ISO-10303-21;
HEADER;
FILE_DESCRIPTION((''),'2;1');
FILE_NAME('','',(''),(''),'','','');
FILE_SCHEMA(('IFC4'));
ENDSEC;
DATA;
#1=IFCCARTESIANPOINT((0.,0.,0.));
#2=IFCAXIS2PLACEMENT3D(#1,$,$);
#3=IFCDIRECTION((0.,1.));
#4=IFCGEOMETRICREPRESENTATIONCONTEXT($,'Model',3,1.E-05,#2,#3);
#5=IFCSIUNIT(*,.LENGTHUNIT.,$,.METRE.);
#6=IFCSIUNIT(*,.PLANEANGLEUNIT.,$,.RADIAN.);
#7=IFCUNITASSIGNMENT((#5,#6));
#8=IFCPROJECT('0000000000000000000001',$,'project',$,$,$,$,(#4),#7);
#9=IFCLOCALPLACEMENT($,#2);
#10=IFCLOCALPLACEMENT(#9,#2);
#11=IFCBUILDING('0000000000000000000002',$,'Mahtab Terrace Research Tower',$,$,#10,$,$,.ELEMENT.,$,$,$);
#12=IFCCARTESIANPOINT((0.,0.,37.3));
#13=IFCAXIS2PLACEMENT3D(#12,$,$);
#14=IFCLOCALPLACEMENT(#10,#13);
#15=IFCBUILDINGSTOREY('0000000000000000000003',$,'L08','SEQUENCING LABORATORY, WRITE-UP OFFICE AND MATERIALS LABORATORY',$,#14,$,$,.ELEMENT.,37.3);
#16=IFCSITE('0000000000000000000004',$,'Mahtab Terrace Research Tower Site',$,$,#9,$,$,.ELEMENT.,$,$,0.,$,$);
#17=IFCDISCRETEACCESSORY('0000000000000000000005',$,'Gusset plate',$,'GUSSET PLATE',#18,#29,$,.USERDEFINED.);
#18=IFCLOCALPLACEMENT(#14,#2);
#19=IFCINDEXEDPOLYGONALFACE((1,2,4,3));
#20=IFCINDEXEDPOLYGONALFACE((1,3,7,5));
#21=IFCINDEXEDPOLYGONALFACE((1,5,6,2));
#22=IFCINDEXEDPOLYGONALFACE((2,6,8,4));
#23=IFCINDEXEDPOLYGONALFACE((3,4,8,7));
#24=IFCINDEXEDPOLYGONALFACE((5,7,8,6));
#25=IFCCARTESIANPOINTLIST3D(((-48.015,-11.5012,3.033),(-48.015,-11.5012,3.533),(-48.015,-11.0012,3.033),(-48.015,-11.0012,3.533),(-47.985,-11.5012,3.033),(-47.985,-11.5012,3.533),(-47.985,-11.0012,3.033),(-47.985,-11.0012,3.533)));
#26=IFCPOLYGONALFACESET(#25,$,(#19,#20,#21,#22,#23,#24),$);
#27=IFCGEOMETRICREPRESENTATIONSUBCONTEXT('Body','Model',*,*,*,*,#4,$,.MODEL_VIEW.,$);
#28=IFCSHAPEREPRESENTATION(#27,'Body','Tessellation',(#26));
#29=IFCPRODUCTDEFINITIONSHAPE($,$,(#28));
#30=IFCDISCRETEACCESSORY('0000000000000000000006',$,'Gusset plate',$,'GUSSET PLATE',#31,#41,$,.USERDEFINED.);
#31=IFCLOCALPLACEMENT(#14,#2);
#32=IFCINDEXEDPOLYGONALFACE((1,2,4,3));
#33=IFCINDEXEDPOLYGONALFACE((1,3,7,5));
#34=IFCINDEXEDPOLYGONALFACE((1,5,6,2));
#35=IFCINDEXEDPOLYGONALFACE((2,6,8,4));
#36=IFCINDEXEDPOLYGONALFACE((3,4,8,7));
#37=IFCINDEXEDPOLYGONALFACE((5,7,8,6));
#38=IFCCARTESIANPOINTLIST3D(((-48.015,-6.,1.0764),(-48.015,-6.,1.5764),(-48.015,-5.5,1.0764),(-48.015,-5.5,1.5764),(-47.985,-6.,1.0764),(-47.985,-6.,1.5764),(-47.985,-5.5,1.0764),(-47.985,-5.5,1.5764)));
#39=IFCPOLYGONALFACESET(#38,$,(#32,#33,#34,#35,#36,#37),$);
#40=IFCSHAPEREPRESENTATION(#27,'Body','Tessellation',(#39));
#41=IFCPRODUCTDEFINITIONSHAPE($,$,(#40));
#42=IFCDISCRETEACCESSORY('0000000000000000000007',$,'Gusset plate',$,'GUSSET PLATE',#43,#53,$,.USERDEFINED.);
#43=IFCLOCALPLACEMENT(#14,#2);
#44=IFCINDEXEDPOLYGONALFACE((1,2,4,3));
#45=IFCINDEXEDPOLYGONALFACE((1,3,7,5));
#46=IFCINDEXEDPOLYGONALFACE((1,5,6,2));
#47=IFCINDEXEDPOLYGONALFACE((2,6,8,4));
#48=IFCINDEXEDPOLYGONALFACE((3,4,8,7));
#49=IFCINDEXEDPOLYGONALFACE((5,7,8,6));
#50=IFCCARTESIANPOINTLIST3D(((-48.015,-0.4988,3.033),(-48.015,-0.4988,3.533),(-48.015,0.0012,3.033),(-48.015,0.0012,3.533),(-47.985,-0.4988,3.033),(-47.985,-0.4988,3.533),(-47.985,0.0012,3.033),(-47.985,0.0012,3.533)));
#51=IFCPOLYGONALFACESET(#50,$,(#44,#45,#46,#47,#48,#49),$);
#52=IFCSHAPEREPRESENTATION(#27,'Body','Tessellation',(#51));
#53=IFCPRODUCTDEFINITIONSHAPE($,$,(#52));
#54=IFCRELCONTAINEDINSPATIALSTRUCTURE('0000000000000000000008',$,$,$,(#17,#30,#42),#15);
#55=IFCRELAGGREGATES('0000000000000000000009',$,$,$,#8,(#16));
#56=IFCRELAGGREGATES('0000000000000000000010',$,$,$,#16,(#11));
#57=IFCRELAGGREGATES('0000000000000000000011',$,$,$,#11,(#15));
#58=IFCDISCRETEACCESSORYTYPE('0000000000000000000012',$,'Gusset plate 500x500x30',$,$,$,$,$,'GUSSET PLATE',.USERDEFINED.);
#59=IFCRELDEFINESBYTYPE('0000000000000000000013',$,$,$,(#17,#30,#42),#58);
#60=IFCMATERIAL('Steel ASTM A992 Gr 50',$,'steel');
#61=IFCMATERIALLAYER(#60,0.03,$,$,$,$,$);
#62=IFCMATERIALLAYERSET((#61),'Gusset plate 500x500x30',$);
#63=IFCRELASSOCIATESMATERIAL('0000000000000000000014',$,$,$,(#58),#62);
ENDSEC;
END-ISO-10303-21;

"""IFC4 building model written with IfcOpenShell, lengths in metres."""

from ifc_helpers import new_model, si_unit, direction, frame, origin, origin_2d, place, context, subcontext, project, spatial, rectangle, extrude, material, layer, layer_set, type_object, element, save


model = new_model("IFC4")

# Units and contexts
model_context = context("Model", 3, precision=1e-05, world=origin(), true_north=direction((0.0, 1.0)))
body_context = subcontext(model_context, "Body", "Model", "MODEL_VIEW")
ifc_project = project(units=[si_unit("LENGTHUNIT", "METRE"), si_unit("PLANEANGLEUNIT", "RADIAN")], contexts=[model_context])

# Site, building, storey
site_placement = place(None, origin())
site = spatial("IfcSite", under=ifc_project, at=site_placement, Name="Mahtab Terrace Research Tower Site", CompositionType="ELEMENT", RefElevation=0.0)
building_placement = place(site_placement, origin())
building = spatial("IfcBuilding", under=site, at=building_placement, Name="Mahtab Terrace Research Tower", CompositionType="ELEMENT")
storey_placement = place(building_placement, frame((0.0, 0.0, 37.3)))
storey = spatial("IfcBuildingStorey", under=building, at=storey_placement, Name="L08", Description="SEQUENCING LABORATORY, WRITE-UP OFFICE AND MATERIALS LABORATORY", CompositionType="ELEMENT", Elevation=37.3)

# Shared definitions
ifc_material_1 = material(Name="Steel ASTM A992 Gr 50", Category="steel")

# Discrete accessories
ifc_layer_1 = layer(ifc_material_1, 0.03)
ifc_layer_set_1 = layer_set([ifc_layer_1], Name="Gusset plate 500x500x30")
discrete_accessory_type = type_object("IfcDiscreteAccessoryType", Name="Gusset plate 500x500x30", ElementType="GUSSET PLATE", PredefinedType="USERDEFINED", material=ifc_layer_set_1)
for number, where, z_axis, x_axis, name in (
    (1, (-48.0, -11.2512, 3.033), (0.0, 0.0, 1.0), (0.0, 1.0, 0.0), "Gusset plate"),
    (2, (-48.0, -5.75, 1.0764), (0.0, 0.0, 1.0), (0.0, 1.0, 0.0), "Gusset plate"),
    (3, (-48.0, -0.2488, 3.033), (0.0, 0.0, 1.0), (0.0, 1.0, 0.0), "Gusset plate"),
):
    element("IfcDiscreteAccessory", number, at=place(storey_placement, frame(where, z_axis=z_axis, x_axis=x_axis)), inside=storey, type_object=discrete_accessory_type, Name=name, ObjectType="GUSSET PLATE", PredefinedType="USERDEFINED", context=body_context, shape_type="SweptSolid", body=[
        extrude(rectangle(XDim=0.5, YDim=0.03, at=origin_2d()), origin(), (0.0, 0.0, 1.0), 0.5),
    ])

save(model, "model.ifc")
